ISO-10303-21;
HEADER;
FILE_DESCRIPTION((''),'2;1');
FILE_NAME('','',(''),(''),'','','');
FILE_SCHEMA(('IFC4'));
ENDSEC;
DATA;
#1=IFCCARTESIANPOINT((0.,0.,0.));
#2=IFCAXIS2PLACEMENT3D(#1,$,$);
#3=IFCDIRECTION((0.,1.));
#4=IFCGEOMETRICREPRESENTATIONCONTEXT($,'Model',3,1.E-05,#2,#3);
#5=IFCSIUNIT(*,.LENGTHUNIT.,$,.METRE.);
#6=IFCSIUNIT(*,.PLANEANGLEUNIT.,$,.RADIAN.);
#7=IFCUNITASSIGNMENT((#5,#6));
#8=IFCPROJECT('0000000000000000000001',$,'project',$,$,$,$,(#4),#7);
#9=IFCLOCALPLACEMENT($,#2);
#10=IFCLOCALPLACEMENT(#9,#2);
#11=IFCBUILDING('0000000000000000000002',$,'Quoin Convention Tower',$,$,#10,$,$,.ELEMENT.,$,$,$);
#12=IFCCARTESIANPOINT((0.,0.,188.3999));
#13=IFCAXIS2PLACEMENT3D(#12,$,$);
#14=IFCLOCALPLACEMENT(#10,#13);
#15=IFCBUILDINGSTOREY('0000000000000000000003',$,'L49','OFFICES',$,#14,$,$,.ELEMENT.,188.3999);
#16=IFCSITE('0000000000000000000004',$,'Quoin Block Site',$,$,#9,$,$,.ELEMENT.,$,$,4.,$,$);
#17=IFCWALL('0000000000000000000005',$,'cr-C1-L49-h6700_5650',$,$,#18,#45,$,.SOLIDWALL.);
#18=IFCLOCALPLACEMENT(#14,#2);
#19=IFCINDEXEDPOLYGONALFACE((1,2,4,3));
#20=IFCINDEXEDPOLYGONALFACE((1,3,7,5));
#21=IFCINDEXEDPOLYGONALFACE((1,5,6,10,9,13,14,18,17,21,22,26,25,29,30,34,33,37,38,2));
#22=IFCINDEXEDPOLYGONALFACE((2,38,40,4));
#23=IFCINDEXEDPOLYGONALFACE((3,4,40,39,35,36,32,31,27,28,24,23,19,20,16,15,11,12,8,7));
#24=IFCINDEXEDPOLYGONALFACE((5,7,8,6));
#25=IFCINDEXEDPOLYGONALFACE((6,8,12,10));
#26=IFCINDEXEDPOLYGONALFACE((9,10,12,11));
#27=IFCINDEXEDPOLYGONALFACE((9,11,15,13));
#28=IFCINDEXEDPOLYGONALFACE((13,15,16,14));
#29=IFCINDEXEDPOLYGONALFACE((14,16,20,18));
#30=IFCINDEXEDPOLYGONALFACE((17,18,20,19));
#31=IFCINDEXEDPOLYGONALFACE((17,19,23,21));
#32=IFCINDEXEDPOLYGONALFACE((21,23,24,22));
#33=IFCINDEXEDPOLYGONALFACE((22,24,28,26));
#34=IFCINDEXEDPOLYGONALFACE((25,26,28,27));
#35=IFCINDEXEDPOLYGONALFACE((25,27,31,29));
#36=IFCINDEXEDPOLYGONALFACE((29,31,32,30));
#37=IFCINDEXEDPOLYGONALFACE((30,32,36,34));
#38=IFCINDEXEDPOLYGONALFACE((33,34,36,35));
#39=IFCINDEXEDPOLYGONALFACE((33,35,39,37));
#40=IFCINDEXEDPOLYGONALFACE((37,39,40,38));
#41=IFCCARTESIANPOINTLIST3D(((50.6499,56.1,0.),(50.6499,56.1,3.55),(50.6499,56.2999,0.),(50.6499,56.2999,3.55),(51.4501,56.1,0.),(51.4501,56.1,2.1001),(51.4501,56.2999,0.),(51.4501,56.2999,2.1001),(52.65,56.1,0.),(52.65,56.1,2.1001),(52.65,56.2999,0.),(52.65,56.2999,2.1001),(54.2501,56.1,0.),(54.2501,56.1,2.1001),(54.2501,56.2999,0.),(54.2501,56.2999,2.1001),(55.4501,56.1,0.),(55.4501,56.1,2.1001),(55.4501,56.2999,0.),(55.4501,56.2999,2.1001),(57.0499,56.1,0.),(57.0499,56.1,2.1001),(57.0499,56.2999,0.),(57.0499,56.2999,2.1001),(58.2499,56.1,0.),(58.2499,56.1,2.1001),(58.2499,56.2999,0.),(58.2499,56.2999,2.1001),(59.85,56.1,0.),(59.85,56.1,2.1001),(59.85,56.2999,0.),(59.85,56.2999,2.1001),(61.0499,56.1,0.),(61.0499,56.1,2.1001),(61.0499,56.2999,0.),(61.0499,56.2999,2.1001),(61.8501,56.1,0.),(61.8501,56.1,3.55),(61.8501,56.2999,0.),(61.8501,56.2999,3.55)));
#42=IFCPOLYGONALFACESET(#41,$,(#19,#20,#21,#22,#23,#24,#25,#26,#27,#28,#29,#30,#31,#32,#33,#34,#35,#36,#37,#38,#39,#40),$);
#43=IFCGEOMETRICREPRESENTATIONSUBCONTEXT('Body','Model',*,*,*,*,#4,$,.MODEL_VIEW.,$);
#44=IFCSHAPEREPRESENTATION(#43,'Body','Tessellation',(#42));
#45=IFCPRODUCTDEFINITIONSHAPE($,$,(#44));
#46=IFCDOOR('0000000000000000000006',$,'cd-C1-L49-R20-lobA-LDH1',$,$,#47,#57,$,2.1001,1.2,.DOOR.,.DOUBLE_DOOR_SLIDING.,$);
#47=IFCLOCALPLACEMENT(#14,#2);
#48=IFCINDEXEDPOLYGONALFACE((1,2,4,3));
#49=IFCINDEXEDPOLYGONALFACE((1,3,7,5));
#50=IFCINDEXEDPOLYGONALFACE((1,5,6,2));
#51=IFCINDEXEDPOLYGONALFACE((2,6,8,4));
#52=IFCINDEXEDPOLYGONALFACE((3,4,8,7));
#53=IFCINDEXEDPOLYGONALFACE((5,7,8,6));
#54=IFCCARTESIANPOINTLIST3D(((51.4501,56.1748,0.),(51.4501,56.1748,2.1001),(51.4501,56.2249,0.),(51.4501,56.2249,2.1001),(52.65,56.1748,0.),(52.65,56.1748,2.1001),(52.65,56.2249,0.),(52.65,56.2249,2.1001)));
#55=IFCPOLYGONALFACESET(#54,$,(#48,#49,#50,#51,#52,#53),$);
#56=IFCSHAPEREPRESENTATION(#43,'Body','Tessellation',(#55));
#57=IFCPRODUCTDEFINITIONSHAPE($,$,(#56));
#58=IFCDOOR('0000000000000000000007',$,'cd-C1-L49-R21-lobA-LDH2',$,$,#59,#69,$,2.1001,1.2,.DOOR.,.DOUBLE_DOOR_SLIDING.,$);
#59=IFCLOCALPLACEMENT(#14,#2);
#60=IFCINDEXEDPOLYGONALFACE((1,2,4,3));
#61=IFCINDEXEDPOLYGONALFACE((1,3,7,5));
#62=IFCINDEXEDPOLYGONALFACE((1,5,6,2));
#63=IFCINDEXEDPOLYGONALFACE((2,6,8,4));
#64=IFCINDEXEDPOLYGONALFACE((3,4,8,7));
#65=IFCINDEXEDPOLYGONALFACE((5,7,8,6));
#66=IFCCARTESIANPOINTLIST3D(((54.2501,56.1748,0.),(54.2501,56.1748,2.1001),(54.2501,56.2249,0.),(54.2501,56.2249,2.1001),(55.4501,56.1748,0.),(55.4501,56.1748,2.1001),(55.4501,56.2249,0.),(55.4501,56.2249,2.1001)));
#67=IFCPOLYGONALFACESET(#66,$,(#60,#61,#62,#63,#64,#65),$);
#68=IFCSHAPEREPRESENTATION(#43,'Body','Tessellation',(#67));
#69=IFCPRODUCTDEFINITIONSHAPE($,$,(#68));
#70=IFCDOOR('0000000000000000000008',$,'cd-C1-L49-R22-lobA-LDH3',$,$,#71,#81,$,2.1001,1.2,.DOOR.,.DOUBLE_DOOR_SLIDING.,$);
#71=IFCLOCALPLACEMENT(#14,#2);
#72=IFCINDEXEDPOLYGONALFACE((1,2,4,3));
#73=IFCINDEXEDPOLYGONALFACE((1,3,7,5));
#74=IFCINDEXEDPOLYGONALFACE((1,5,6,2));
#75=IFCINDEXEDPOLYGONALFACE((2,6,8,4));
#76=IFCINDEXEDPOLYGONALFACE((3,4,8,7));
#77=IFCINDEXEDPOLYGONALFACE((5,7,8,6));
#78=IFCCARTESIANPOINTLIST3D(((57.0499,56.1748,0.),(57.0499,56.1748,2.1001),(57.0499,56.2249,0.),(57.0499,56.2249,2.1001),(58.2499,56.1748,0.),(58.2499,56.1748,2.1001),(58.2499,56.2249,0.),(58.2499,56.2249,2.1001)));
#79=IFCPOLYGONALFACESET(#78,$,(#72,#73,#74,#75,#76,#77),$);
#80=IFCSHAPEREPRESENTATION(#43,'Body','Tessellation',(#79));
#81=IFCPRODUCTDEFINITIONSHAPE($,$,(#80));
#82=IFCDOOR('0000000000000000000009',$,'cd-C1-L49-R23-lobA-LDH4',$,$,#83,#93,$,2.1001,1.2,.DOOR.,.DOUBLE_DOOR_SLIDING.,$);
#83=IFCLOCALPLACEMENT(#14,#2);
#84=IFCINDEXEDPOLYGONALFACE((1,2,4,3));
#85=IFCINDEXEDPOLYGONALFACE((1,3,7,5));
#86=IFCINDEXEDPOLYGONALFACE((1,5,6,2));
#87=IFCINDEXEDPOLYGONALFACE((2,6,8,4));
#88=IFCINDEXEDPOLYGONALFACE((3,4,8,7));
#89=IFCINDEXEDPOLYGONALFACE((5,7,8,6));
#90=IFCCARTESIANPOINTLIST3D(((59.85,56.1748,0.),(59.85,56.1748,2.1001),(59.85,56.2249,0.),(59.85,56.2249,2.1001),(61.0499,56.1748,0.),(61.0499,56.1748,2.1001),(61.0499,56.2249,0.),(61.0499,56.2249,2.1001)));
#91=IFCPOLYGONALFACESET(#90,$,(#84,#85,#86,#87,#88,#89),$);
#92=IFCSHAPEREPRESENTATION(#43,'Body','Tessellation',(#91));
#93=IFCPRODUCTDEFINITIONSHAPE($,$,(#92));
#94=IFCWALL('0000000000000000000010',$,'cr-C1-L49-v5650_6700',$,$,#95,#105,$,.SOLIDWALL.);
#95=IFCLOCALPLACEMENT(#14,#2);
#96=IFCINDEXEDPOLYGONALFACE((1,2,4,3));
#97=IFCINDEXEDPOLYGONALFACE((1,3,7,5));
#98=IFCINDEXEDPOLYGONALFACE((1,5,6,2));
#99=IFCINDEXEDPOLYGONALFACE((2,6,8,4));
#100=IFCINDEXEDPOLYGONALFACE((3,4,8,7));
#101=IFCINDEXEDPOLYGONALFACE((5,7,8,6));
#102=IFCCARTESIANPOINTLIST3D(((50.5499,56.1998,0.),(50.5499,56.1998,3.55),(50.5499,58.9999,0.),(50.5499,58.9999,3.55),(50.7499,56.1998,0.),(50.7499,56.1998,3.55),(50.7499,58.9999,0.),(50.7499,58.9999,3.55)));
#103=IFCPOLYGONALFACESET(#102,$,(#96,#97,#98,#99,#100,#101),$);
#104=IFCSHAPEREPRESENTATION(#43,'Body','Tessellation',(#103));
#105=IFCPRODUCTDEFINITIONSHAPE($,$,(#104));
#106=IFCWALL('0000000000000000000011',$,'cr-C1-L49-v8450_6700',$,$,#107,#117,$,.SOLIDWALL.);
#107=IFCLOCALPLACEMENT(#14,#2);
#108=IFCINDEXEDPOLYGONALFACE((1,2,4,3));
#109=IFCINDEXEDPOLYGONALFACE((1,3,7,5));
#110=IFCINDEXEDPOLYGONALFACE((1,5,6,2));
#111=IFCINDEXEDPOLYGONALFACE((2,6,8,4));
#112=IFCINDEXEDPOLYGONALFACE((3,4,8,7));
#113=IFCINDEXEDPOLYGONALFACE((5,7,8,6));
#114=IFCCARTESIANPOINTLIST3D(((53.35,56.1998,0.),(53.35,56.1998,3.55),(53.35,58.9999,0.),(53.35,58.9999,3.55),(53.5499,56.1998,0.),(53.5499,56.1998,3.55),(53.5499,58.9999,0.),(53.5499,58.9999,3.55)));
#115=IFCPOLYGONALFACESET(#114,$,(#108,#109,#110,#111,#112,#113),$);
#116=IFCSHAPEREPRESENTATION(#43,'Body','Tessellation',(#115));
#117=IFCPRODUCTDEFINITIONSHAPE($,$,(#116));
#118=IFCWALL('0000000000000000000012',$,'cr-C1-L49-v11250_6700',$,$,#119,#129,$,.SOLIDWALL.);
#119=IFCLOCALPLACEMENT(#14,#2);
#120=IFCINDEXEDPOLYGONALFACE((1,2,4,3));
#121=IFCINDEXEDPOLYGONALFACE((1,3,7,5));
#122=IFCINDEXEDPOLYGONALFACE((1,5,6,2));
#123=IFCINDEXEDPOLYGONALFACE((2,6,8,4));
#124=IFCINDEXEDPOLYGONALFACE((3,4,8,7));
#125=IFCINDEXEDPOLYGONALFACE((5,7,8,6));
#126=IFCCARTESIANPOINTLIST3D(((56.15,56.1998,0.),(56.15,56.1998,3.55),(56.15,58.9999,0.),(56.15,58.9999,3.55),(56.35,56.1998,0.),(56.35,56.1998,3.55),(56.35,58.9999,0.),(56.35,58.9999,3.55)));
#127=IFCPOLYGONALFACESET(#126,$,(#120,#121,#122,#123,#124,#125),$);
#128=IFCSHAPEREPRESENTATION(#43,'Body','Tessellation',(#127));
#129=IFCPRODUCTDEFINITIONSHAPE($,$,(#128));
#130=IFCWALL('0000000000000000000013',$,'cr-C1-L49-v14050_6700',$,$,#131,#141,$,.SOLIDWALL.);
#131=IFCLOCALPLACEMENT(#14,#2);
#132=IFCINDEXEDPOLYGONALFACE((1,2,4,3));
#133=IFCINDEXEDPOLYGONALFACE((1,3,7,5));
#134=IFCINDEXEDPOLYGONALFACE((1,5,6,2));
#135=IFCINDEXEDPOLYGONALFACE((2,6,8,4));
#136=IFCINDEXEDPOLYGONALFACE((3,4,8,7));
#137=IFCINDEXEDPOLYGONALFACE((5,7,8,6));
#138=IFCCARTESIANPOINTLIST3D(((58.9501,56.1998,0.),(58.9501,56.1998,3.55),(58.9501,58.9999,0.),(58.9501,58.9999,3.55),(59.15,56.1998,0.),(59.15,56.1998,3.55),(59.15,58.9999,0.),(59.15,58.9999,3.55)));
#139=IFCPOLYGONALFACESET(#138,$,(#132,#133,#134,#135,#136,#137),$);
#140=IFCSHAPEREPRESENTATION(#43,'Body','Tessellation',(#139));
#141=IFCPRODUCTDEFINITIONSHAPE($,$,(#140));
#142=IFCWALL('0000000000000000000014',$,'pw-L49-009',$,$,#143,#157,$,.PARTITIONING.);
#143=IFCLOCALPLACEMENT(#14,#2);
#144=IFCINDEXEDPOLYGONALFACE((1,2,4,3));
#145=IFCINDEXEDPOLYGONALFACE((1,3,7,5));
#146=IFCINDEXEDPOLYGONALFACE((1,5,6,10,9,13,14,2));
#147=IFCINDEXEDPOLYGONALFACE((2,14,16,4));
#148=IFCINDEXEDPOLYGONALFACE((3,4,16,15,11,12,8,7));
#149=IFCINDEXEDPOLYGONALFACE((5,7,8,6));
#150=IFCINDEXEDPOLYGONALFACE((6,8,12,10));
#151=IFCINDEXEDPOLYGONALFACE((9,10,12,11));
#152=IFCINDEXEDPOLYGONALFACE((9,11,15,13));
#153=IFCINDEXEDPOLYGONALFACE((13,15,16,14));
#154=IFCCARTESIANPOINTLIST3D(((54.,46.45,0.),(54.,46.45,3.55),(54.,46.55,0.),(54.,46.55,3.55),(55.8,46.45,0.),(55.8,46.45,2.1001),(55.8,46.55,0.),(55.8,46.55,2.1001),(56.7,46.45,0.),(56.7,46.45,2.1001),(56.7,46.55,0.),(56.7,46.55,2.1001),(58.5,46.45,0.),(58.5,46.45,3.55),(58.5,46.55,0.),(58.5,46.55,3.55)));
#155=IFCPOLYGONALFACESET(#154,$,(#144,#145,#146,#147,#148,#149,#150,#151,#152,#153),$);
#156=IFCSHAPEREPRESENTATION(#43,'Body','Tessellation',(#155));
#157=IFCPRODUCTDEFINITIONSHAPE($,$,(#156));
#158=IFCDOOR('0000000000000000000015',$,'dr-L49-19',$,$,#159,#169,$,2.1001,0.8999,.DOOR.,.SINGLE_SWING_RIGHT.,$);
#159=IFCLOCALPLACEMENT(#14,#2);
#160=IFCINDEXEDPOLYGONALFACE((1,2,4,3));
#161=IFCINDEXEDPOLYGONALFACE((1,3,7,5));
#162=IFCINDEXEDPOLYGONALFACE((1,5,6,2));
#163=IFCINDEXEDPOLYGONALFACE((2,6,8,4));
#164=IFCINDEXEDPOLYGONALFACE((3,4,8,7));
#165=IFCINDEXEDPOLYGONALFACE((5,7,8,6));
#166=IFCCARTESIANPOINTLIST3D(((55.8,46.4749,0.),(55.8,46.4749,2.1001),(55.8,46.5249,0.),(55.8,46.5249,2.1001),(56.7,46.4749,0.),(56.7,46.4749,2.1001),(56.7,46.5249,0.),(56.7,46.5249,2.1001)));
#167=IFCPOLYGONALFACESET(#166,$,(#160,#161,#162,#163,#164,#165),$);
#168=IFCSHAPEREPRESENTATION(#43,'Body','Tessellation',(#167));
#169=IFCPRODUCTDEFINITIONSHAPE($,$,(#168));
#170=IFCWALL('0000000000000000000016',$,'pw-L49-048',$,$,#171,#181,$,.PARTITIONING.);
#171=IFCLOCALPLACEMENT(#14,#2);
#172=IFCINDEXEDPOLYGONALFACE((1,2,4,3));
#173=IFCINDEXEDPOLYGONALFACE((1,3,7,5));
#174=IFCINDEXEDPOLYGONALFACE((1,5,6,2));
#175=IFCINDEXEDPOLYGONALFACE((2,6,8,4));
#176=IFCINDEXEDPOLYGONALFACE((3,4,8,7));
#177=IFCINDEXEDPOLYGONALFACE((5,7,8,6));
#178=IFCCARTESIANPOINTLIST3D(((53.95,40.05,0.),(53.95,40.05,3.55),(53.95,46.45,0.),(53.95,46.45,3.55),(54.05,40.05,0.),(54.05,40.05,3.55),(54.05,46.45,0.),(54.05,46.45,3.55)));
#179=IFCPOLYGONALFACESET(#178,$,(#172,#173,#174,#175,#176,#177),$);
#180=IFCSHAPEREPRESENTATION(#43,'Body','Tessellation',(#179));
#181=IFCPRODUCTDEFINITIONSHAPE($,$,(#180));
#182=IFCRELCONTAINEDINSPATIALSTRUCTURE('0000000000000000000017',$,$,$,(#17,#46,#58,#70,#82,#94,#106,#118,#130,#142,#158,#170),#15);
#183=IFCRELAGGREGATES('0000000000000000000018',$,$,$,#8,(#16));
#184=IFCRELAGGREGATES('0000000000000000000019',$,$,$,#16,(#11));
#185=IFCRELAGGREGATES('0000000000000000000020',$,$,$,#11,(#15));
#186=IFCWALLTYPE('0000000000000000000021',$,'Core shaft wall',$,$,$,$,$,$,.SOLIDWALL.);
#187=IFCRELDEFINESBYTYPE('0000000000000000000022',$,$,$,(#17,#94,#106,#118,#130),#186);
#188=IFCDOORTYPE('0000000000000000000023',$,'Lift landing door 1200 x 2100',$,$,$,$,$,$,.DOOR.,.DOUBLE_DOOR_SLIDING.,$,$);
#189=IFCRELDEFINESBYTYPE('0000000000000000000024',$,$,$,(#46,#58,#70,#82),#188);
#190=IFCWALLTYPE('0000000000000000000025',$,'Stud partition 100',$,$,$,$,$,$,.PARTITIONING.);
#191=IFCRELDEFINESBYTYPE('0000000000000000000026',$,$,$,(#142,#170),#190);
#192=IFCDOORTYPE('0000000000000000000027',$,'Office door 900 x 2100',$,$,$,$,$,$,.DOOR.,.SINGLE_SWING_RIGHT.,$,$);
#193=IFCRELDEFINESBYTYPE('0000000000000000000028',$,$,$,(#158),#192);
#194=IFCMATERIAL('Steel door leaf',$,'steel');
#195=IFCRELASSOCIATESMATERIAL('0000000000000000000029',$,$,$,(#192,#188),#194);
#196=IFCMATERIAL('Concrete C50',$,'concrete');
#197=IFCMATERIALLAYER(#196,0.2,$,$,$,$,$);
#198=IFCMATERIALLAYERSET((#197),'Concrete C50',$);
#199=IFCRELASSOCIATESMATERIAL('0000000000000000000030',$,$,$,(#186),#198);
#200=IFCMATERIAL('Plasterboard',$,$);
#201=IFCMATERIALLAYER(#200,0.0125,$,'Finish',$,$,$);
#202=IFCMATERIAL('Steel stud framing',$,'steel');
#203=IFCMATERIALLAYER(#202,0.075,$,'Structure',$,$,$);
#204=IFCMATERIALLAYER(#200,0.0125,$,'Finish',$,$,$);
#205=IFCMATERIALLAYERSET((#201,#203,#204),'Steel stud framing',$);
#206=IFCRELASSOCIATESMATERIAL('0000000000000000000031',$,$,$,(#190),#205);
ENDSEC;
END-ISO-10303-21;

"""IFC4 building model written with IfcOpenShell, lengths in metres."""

from ifc_helpers import new_model, si_unit, direction, frame, frame_2d, origin, place, context, subcontext, project, spatial, rectangle, extrude, material, layer, layer_set, type_object, element, fill, save


model = new_model("IFC4")

# Units and contexts
model_context = context("Model", 3, precision=1e-05, world=origin(), true_north=direction((0.0, 1.0)))
body_context = subcontext(model_context, "Body", "Model", "MODEL_VIEW")
ifc_project = project(units=[si_unit("LENGTHUNIT", "METRE"), si_unit("PLANEANGLEUNIT", "RADIAN")], contexts=[model_context])

# Site, building, storey
site_placement = place(None, origin())
site = spatial("IfcSite", under=ifc_project, at=site_placement, Name="Quoin Block Site", CompositionType="ELEMENT", RefElevation=4.0)
building_placement = place(site_placement, origin())
building = spatial("IfcBuilding", under=site, at=building_placement, Name="Quoin Convention Tower", CompositionType="ELEMENT")
storey_placement = place(building_placement, frame((0.0, 0.0, 188.3999)))
storey = spatial("IfcBuildingStorey", under=building, at=storey_placement, Name="L49", Description="OFFICES", CompositionType="ELEMENT", Elevation=188.3999)

# Shared definitions
ifc_material_1 = material(Name="Concrete C50", Category="concrete")

# Shared definitions
ifc_material_2 = material(Name="Plasterboard")
ifc_material_3 = material(Name="Steel stud framing", Category="steel")
ifc_material_4 = material(Name="Steel door leaf", Category="steel")
door_type_1 = type_object("IfcDoorType", Name="Office door 900 x 2100", OperationType="SINGLE_SWING_RIGHT", PredefinedType="DOOR", material=ifc_material_4)

# Wall, openings, doors
ifc_layer_1 = layer(ifc_material_1, 0.2)
ifc_layer_set_1 = layer_set([ifc_layer_1], Name="Concrete C50")
wall_type_1 = type_object("IfcWallType", Name="Core shaft wall", PredefinedType="SOLIDWALL", material=ifc_layer_set_1)
wall_1_placement = place(storey_placement, frame((50.6499, 56.2, 0.0), z_axis=(0.0, 0.0, 1.0), x_axis=(1.0, 0.0, 0.0)))
wall_1 = element("IfcWall", 1, at=wall_1_placement, inside=storey, type_object=wall_type_1, Name="cr-C1-L49-h6700_5650", PredefinedType="SOLIDWALL", context=body_context, shape_type="SweptSolid", body=[
    extrude(rectangle(XDim=11.2002, YDim=0.2, at=frame_2d((5.6001, 0.0))), origin(), (0.0, 0.0, 1.0), 3.55),
])
opening_1_placement = place(wall_1_placement, frame((0.8, 0.0, 0.0)))
opening_1 = element("IfcOpeningElement", 2, at=opening_1_placement, cuts=wall_1, PredefinedType="OPENING", context=body_context, shape_type="SweptSolid", body=[
    extrude(rectangle(XDim=1.2, YDim=2.1001, at=frame_2d((0.6001, 1.05))), frame((0.0, 0.1099, 0.0), z_axis=(0.0, -1.0, 0.0), x_axis=(1.0, 0.0, 0.0)), (0.0, 0.0, 1.0), 0.22),
])
opening_2_placement = place(wall_1_placement, frame((3.6001, 0.0, 0.0)))
opening_2 = element("IfcOpeningElement", 3, at=opening_2_placement, cuts=wall_1, PredefinedType="OPENING", context=body_context, shape_type="SweptSolid", body=[
    extrude(rectangle(XDim=1.2, YDim=2.1001, at=frame_2d((0.6001, 1.05))), frame((0.0, 0.1099, 0.0), z_axis=(0.0, -1.0, 0.0), x_axis=(1.0, 0.0, 0.0)), (0.0, 0.0, 1.0), 0.22),
])
opening_3_placement = place(wall_1_placement, frame((6.3999, 0.0, 0.0)))
opening_3 = element("IfcOpeningElement", 4, at=opening_3_placement, cuts=wall_1, PredefinedType="OPENING", context=body_context, shape_type="SweptSolid", body=[
    extrude(rectangle(XDim=1.2, YDim=2.1001, at=frame_2d((0.6001, 1.05))), frame((0.0, 0.1099, 0.0), z_axis=(0.0, -1.0, 0.0), x_axis=(1.0, 0.0, 0.0)), (0.0, 0.0, 1.0), 0.22),
])
opening_4_placement = place(wall_1_placement, frame((9.2, 0.0, 0.0)))
opening_4 = element("IfcOpeningElement", 5, at=opening_4_placement, cuts=wall_1, PredefinedType="OPENING", context=body_context, shape_type="SweptSolid", body=[
    extrude(rectangle(XDim=1.2, YDim=2.1001, at=frame_2d((0.6001, 1.05))), frame((0.0, 0.1099, 0.0), z_axis=(0.0, -1.0, 0.0), x_axis=(1.0, 0.0, 0.0)), (0.0, 0.0, 1.0), 0.22),
])
door_type_2 = type_object("IfcDoorType", Name="Lift landing door 1200 x 2100", OperationType="DOUBLE_DOOR_SLIDING", PredefinedType="DOOR", material=ifc_material_4)
door_1_placement = place(opening_1_placement, origin())
door_1 = element("IfcDoor", 6, at=door_1_placement, inside=storey, type_object=door_type_2, Name="cd-C1-L49-R20-lobA-LDH1", OperationType="DOUBLE_DOOR_SLIDING", OverallHeight=2.1001, OverallWidth=1.2, PredefinedType="DOOR", context=body_context, shape_type="SweptSolid", body=[
    extrude(rectangle(XDim=1.2, YDim=2.1001, at=frame_2d((0.6001, 1.05))), frame((0.0, 0.0249, 0.0), z_axis=(0.0, -1.0, 0.0), x_axis=(1.0, 0.0, 0.0)), (0.0, 0.0, 1.0), 0.05),
])
fill(opening_1, door_1)
door_2_placement = place(opening_2_placement, origin())
door_2 = element("IfcDoor", 7, at=door_2_placement, inside=storey, type_object=door_type_2, Name="cd-C1-L49-R21-lobA-LDH2", OperationType="DOUBLE_DOOR_SLIDING", OverallHeight=2.1001, OverallWidth=1.2, PredefinedType="DOOR", context=body_context, shape_type="SweptSolid", body=[
    extrude(rectangle(XDim=1.2, YDim=2.1001, at=frame_2d((0.6001, 1.05))), frame((0.0, 0.0249, 0.0), z_axis=(0.0, -1.0, 0.0), x_axis=(1.0, 0.0, 0.0)), (0.0, 0.0, 1.0), 0.05),
])
fill(opening_2, door_2)
door_3_placement = place(opening_3_placement, origin())
door_3 = element("IfcDoor", 8, at=door_3_placement, inside=storey, type_object=door_type_2, Name="cd-C1-L49-R22-lobA-LDH3", OperationType="DOUBLE_DOOR_SLIDING", OverallHeight=2.1001, OverallWidth=1.2, PredefinedType="DOOR", context=body_context, shape_type="SweptSolid", body=[
    extrude(rectangle(XDim=1.2, YDim=2.1001, at=frame_2d((0.6001, 1.05))), frame((0.0, 0.0249, 0.0), z_axis=(0.0, -1.0, 0.0), x_axis=(1.0, 0.0, 0.0)), (0.0, 0.0, 1.0), 0.05),
])
fill(opening_3, door_3)
door_4_placement = place(opening_4_placement, origin())
door_4 = element("IfcDoor", 9, at=door_4_placement, inside=storey, type_object=door_type_2, Name="cd-C1-L49-R23-lobA-LDH4", OperationType="DOUBLE_DOOR_SLIDING", OverallHeight=2.1001, OverallWidth=1.2, PredefinedType="DOOR", context=body_context, shape_type="SweptSolid", body=[
    extrude(rectangle(XDim=1.2, YDim=2.1001, at=frame_2d((0.6001, 1.05))), frame((0.0, 0.0249, 0.0), z_axis=(0.0, -1.0, 0.0), x_axis=(1.0, 0.0, 0.0)), (0.0, 0.0, 1.0), 0.05),
])
fill(opening_4, door_4)

# Walls
for number, where, z_axis, x_axis, name in (
    (10, (50.6499, 56.2, 0.0), (0.0, 0.0, 1.0), (0.0, 1.0, 0.0), "cr-C1-L49-v5650_6700"),
    (11, (53.45, 56.2, 0.0), (0.0, 0.0, 1.0), (0.0, 1.0, 0.0), "cr-C1-L49-v8450_6700"),
    (12, (56.25, 56.2, 0.0), (0.0, 0.0, 1.0), (0.0, 1.0, 0.0), "cr-C1-L49-v11250_6700"),
    (13, (59.05, 56.2, 0.0), (0.0, 0.0, 1.0), (0.0, 1.0, 0.0), "cr-C1-L49-v14050_6700"),
):
    element("IfcWall", number, at=place(storey_placement, frame(where, z_axis=z_axis, x_axis=x_axis)), inside=storey, type_object=wall_type_1, Name=name, PredefinedType="SOLIDWALL", context=body_context, shape_type="SweptSolid", body=[
        extrude(rectangle(XDim=2.8, YDim=0.2, at=frame_2d((1.3999, 0.0))), origin(), (0.0, 0.0, 1.0), 3.55),
    ])

# Wall, opening, door
ifc_layer_2 = layer(ifc_material_2, 0.0125, Name="Finish")
ifc_layer_3 = layer(ifc_material_3, 0.075, Name="Structure")
ifc_layer_4 = layer(ifc_material_2, 0.0125, Name="Finish")
ifc_layer_set_2 = layer_set([ifc_layer_2, ifc_layer_3, ifc_layer_4], Name="Steel stud framing")
wall_type_2 = type_object("IfcWallType", Name="Stud partition 100", PredefinedType="PARTITIONING", material=ifc_layer_set_2)
wall_2_placement = place(storey_placement, frame((54.0, 46.5, 0.0), z_axis=(0.0, 0.0, 1.0), x_axis=(1.0, 0.0, 0.0)))
wall_2 = element("IfcWall", 14, at=wall_2_placement, inside=storey, type_object=wall_type_2, Name="pw-L49-009", PredefinedType="PARTITIONING", context=body_context, shape_type="SweptSolid", body=[
    extrude(rectangle(XDim=4.5, YDim=0.1001, at=frame_2d((2.25, 0.0))), origin(), (0.0, 0.0, 1.0), 3.55),
])
opening_5_placement = place(wall_2_placement, frame((1.8, 0.0, 0.0)))
opening_5 = element("IfcOpeningElement", 15, at=opening_5_placement, cuts=wall_2, PredefinedType="OPENING", context=body_context, shape_type="SweptSolid", body=[
    extrude(rectangle(XDim=0.8999, YDim=2.1001, at=frame_2d((0.45, 1.05))), frame((0.0, 0.0601, 0.0), z_axis=(0.0, -1.0, 0.0), x_axis=(1.0, 0.0, 0.0)), (0.0, 0.0, 1.0), 0.1201),
])
door_5_placement = place(opening_5_placement, origin())
door_5 = element("IfcDoor", 16, at=door_5_placement, inside=storey, type_object=door_type_1, Name="dr-L49-19", OperationType="SINGLE_SWING_RIGHT", OverallHeight=2.1001, OverallWidth=0.8999, PredefinedType="DOOR", context=body_context, shape_type="SweptSolid", body=[
    extrude(rectangle(XDim=0.8999, YDim=2.1001, at=frame_2d((0.45, 1.05))), frame((0.0, 0.0249, 0.0), z_axis=(0.0, -1.0, 0.0), x_axis=(1.0, 0.0, 0.0)), (0.0, 0.0, 1.0), 0.05),
])
fill(opening_5, door_5)

# Wall
wall_3_placement = place(storey_placement, frame((54.0, 40.05, 0.0), z_axis=(0.0, 0.0, 1.0), x_axis=(0.0, 1.0, 0.0)))
element("IfcWall", 17, at=wall_3_placement, inside=storey, type_object=wall_type_2, Name="pw-L49-048", PredefinedType="PARTITIONING", context=body_context, shape_type="SweptSolid", body=[
    extrude(rectangle(XDim=6.3999, YDim=0.1001, at=frame_2d((3.2, 0.0))), origin(), (0.0, 0.0, 1.0), 3.55),
])

save(model, "model.ifc")
